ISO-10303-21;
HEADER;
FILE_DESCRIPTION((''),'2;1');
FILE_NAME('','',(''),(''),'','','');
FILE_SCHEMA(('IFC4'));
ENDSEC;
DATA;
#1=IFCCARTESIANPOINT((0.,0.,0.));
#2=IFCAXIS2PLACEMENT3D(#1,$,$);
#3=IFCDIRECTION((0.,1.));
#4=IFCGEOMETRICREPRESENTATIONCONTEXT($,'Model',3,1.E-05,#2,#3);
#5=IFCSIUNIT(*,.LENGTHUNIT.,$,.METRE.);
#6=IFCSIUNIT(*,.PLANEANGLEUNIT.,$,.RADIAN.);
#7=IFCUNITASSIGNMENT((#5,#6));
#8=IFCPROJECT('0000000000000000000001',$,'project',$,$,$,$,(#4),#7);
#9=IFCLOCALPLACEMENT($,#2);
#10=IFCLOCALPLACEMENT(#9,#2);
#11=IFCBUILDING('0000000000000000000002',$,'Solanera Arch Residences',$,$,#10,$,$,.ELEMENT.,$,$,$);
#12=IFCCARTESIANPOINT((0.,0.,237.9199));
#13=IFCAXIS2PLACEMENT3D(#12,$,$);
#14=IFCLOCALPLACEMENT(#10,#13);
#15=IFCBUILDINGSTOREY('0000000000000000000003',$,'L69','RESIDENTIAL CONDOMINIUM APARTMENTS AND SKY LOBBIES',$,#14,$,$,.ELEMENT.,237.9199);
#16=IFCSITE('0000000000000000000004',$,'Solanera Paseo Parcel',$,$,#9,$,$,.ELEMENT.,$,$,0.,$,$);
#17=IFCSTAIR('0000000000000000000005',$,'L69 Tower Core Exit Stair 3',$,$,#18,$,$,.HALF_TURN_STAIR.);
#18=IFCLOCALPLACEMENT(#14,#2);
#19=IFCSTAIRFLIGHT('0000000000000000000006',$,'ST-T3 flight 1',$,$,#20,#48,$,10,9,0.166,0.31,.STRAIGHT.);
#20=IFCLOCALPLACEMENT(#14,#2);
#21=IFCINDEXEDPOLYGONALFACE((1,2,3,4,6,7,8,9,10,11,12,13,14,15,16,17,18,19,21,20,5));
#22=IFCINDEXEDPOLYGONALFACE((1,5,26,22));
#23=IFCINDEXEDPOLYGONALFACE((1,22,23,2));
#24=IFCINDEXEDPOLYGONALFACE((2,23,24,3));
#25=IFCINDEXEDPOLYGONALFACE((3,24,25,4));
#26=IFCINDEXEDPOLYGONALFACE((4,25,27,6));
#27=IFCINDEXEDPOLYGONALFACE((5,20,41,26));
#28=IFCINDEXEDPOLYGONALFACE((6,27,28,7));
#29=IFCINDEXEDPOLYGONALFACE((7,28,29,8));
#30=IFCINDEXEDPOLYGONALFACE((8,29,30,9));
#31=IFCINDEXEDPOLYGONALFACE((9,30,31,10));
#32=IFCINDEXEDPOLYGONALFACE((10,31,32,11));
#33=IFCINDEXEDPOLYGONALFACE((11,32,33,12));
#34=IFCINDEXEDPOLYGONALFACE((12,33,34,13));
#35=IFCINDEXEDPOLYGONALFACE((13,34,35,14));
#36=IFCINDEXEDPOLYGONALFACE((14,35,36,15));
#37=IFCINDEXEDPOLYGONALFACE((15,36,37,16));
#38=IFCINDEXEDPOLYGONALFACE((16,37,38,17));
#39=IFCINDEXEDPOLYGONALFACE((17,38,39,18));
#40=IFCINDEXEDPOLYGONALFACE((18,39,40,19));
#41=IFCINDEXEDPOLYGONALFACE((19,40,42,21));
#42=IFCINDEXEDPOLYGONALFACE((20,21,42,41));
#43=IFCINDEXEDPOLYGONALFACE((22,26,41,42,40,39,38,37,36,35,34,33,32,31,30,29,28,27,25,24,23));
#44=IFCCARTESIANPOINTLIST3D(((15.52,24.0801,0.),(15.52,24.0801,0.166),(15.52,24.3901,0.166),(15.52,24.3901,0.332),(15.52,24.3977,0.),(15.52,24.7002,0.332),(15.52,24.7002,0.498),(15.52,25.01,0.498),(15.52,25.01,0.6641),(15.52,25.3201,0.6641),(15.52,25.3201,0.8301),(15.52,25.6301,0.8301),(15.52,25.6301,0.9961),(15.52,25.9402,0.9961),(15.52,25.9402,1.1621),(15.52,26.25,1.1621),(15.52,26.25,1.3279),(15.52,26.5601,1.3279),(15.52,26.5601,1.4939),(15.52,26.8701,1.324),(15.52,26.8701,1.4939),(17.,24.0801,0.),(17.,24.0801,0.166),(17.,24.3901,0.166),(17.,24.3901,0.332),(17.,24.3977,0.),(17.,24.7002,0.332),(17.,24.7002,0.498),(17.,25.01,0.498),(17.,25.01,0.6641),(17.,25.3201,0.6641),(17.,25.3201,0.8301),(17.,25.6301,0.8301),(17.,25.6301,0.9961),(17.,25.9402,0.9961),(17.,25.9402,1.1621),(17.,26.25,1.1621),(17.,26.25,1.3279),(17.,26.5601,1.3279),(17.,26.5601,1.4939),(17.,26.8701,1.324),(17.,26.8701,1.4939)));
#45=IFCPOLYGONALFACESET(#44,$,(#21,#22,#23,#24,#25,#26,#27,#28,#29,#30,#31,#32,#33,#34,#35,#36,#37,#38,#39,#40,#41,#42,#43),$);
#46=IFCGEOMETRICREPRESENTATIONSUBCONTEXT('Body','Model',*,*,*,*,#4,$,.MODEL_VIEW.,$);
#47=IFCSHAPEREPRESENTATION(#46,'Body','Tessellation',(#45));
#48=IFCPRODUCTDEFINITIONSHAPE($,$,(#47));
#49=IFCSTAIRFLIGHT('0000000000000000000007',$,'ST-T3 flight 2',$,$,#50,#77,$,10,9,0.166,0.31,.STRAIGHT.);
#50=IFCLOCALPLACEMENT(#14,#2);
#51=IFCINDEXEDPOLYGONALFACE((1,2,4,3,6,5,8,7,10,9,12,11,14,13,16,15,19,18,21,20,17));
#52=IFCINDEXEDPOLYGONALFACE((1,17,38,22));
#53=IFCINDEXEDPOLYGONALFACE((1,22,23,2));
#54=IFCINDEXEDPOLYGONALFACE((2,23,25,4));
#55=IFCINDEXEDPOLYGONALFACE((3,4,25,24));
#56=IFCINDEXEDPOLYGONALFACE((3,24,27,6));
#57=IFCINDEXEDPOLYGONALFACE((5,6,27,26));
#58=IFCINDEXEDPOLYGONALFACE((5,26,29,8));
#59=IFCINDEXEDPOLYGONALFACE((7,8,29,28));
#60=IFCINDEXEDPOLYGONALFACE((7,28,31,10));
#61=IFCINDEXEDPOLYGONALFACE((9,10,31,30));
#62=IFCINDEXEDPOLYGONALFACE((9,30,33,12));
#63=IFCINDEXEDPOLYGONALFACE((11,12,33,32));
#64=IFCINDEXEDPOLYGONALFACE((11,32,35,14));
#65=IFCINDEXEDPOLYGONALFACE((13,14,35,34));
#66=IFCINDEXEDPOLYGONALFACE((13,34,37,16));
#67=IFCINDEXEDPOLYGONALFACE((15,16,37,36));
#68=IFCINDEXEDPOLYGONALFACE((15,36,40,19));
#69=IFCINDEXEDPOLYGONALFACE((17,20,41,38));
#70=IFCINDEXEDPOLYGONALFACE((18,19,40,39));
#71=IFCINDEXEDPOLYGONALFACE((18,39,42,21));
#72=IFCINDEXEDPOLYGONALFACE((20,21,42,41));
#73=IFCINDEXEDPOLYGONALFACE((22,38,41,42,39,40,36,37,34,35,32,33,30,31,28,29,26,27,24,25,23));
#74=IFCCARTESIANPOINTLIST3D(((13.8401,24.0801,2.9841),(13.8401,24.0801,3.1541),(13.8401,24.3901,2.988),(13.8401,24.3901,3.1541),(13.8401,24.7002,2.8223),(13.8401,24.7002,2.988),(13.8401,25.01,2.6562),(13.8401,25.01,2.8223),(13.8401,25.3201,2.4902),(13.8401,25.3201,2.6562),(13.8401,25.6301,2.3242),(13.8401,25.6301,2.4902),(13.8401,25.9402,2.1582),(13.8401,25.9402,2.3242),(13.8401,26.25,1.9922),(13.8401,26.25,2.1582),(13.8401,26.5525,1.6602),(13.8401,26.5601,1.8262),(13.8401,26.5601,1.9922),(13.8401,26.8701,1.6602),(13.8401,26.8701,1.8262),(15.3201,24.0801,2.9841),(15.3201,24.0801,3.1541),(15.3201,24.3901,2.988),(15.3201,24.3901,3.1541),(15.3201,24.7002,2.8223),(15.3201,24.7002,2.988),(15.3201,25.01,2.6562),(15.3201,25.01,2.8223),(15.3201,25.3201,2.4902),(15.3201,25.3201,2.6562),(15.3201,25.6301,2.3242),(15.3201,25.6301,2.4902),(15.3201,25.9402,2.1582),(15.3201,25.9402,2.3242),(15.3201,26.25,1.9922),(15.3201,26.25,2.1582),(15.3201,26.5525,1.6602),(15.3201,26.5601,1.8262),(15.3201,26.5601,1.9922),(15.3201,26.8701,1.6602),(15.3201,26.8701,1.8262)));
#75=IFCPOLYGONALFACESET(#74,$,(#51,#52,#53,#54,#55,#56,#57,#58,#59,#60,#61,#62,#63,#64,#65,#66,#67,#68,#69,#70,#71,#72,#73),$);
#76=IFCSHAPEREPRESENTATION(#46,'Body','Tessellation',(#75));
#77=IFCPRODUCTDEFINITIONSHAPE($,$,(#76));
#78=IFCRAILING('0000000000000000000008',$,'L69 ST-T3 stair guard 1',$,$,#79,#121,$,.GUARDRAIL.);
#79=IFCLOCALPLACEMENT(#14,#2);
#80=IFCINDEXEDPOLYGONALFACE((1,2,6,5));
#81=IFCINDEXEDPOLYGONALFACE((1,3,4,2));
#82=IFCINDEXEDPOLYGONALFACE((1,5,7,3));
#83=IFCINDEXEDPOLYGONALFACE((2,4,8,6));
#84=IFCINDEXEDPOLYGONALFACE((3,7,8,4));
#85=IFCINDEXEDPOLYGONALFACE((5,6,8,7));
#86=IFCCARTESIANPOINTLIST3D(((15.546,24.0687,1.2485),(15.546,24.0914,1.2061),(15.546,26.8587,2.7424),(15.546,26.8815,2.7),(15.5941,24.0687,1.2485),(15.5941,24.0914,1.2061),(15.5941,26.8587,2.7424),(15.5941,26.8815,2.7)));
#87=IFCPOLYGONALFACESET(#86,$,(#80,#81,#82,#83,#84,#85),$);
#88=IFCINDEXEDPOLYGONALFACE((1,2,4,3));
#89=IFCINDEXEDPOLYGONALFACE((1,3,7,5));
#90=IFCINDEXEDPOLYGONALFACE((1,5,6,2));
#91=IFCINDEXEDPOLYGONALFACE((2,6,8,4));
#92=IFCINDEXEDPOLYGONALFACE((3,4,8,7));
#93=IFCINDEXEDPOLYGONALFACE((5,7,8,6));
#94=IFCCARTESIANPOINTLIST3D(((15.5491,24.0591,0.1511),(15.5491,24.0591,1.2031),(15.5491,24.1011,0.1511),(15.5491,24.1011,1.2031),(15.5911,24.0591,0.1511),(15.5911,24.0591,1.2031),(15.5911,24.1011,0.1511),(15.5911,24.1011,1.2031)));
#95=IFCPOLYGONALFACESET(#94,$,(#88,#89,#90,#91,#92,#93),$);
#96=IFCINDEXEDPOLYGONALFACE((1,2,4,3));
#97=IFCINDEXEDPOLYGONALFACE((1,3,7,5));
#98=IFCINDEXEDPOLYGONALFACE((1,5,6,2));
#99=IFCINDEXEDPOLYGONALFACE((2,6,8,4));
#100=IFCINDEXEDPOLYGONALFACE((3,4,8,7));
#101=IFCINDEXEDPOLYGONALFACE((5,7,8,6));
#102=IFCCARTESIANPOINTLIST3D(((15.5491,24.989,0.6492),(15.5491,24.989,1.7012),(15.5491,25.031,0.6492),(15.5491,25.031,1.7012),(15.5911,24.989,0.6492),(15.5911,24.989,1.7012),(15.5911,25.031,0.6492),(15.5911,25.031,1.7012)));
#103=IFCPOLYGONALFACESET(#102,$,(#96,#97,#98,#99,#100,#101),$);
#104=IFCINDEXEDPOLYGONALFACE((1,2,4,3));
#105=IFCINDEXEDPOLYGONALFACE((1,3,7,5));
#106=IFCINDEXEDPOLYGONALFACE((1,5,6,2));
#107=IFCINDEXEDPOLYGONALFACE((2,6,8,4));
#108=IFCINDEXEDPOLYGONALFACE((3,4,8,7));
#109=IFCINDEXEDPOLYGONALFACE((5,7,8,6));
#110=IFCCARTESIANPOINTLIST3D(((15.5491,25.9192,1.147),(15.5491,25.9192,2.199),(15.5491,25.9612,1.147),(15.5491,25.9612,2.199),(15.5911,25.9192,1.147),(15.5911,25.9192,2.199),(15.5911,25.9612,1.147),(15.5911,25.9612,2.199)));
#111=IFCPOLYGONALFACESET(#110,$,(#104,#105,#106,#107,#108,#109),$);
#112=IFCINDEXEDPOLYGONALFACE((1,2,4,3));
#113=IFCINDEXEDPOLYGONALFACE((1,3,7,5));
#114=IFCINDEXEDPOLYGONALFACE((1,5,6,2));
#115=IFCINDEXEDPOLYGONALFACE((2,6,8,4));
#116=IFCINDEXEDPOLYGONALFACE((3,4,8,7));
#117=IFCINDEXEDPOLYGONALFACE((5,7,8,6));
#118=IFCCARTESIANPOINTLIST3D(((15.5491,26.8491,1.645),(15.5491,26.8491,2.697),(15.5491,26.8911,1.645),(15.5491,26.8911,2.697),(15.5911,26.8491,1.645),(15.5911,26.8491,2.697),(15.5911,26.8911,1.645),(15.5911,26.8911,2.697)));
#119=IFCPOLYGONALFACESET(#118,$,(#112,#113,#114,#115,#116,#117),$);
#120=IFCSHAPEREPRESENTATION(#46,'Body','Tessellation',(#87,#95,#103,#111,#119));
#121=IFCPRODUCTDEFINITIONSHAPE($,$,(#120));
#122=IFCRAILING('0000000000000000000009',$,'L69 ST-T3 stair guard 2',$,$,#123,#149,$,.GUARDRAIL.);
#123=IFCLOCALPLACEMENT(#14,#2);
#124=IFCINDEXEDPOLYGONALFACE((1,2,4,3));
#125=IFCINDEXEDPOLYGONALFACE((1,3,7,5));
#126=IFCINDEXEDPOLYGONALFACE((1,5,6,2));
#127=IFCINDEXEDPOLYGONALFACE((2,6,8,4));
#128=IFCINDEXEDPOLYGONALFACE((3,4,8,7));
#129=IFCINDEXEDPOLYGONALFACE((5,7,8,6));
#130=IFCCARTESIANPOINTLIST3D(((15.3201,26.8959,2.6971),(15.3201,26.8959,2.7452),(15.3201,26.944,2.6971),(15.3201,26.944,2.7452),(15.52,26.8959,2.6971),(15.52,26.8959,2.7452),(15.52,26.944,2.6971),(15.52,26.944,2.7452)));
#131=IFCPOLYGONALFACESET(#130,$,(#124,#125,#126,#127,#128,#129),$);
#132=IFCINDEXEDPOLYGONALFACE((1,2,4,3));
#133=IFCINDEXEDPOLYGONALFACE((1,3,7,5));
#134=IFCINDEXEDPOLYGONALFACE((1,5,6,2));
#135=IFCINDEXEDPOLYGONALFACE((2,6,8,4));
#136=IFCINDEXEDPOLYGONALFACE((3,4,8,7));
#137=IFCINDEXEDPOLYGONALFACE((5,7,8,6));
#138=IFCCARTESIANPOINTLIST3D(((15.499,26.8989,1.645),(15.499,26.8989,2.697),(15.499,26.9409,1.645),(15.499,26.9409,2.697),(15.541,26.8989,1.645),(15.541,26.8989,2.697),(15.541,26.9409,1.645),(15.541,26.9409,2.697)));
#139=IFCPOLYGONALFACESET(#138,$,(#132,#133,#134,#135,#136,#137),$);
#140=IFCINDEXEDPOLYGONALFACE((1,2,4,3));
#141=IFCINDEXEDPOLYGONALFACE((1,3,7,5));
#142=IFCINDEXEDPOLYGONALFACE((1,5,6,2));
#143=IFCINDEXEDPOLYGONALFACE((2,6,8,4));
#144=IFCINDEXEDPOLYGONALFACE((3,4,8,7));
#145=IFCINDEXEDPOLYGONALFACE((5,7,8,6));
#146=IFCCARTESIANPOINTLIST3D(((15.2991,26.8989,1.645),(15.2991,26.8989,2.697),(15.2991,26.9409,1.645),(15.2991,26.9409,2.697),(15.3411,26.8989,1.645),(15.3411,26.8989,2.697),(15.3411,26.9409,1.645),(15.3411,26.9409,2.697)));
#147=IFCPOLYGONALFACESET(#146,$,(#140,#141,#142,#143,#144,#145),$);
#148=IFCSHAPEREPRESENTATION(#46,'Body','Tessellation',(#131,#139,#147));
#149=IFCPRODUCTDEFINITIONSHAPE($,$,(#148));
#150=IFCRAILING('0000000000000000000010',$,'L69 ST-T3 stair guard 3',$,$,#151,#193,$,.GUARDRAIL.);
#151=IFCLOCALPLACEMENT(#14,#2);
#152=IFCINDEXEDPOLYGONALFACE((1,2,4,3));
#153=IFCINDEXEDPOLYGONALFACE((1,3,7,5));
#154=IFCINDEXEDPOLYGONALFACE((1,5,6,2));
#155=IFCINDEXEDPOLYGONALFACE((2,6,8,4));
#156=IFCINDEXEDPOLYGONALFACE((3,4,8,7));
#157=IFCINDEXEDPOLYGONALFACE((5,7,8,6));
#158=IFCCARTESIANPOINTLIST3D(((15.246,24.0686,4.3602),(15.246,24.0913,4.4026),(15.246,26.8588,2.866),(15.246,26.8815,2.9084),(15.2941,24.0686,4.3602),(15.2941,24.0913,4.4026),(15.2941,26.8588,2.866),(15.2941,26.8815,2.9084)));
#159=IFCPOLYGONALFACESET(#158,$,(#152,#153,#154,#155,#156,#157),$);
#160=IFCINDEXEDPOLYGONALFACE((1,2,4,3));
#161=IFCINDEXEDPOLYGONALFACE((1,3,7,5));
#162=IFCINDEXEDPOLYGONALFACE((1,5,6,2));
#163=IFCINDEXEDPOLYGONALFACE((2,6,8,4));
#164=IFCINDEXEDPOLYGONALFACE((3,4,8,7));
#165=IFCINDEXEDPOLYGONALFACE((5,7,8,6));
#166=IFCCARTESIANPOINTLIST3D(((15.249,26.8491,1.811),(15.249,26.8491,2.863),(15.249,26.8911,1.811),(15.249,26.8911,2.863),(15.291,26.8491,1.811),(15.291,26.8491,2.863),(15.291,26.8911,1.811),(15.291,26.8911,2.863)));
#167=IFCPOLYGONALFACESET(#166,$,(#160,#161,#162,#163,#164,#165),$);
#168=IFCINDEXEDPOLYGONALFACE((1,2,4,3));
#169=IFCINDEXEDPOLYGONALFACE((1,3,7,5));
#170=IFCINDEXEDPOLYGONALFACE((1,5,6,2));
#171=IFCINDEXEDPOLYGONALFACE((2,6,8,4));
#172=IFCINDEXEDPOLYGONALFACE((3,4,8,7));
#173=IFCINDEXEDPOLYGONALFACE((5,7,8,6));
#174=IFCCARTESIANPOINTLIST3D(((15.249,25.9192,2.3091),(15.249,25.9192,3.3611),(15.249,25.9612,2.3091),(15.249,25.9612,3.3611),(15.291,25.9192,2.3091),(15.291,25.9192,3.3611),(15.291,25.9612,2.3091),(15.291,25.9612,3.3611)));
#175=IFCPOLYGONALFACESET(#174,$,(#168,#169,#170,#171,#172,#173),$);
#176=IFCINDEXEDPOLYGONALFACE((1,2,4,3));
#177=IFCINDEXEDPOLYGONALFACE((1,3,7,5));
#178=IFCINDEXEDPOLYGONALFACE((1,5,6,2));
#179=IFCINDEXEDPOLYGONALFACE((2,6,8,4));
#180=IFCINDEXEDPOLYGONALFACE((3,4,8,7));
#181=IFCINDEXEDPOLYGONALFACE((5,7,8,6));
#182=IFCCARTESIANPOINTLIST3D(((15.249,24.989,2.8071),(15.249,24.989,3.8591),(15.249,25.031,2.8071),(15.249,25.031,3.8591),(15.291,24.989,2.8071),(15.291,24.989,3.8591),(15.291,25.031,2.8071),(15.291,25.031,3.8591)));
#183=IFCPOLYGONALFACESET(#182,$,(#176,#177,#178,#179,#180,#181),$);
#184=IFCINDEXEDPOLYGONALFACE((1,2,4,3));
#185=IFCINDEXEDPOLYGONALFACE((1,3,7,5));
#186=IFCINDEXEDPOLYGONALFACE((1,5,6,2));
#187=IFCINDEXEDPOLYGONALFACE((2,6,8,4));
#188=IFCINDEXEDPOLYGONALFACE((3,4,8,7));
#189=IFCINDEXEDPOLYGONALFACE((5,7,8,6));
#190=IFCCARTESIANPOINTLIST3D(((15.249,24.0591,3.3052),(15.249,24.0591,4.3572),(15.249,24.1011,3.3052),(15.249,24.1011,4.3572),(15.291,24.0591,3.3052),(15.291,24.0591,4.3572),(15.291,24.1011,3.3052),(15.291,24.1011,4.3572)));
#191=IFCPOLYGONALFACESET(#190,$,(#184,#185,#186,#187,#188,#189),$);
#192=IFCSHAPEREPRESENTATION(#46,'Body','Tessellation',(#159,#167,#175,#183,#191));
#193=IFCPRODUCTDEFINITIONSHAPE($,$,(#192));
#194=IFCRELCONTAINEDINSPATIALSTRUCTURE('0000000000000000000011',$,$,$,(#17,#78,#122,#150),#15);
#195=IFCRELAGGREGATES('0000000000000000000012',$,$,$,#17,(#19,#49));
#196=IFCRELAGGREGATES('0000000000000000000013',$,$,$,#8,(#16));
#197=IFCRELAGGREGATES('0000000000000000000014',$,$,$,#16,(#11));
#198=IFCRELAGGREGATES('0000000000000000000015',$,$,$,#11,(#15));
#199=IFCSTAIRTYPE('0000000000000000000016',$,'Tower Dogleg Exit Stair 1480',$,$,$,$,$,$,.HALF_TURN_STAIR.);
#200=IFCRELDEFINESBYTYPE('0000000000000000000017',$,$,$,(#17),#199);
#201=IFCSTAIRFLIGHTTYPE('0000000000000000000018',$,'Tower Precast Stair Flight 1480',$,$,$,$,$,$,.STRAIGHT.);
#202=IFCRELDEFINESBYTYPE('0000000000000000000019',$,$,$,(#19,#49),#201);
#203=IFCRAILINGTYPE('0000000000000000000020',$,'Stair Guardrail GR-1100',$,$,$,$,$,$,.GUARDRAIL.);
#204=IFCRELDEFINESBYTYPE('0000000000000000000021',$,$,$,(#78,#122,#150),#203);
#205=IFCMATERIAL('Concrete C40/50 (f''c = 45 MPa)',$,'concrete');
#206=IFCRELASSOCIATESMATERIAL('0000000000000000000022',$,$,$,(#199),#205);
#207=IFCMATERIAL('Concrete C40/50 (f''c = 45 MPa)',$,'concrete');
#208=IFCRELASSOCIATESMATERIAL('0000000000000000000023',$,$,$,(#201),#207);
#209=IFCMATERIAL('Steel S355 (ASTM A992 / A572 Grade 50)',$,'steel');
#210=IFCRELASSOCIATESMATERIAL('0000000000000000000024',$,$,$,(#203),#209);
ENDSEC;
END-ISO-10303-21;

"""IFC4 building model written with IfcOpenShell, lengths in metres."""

from ifc_helpers import new_model, si_unit, direction, frame, origin, origin_2d, place, context, subcontext, project, spatial, polyline, rectangle, outline, extrude, material, type_object, element, aggregate, save


model = new_model("IFC4")

# Units and contexts
model_context = context("Model", 3, precision=1e-05, world=origin(), true_north=direction((0.0, 1.0)))
body_context = subcontext(model_context, "Body", "Model", "MODEL_VIEW")
ifc_project = project(units=[si_unit("LENGTHUNIT", "METRE"), si_unit("PLANEANGLEUNIT", "RADIAN")], contexts=[model_context])

# Site, building, storey
site_placement = place(None, origin())
site = spatial("IfcSite", under=ifc_project, at=site_placement, Name="Solanera Paseo Parcel", CompositionType="ELEMENT", RefElevation=0.0)
building_placement = place(site_placement, origin())
building = spatial("IfcBuilding", under=site, at=building_placement, Name="Solanera Arch Residences", CompositionType="ELEMENT")
storey_placement = place(building_placement, frame((0.0, 0.0, 237.9199)))
storey = spatial("IfcBuildingStorey", under=building, at=storey_placement, Name="L69", Description="RESIDENTIAL CONDOMINIUM APARTMENTS AND SKY LOBBIES", CompositionType="ELEMENT", Elevation=237.9199)

# Stair, stair flights
ifc_material_1 = material(Name="Concrete C40/50 (f'c = 45 MPa)", Category="concrete")
stair_type = type_object("IfcStairType", Name="Tower Dogleg Exit Stair 1480", PredefinedType="HALF_TURN_STAIR", material=ifc_material_1)
stair_placement = place(storey_placement, origin())
stair = element("IfcStair", 1, at=stair_placement, inside=storey, type_object=stair_type, Name="L69 Tower Core Exit Stair 3", PredefinedType="HALF_TURN_STAIR")
ifc_material_2 = material(Name="Concrete C40/50 (f'c = 45 MPa)", Category="concrete")
stair_flight_type = type_object("IfcStairFlightType", Name="Tower Precast Stair Flight 1480", PredefinedType="STRAIGHT", material=ifc_material_2)
stair_flight_1_placement = place(storey_placement, frame((16.26, 24.0801, 0.0), z_axis=(0.0, 0.0, 1.0), x_axis=(0.0, 1.0, 0.0)))
stair_flight_1 = element("IfcStairFlight", 2, at=stair_flight_1_placement, type_object=stair_flight_type, Name="ST-T3 flight 1", NumberOfRisers=10, NumberOfTreads=9, PredefinedType="STRAIGHT", RiserHeight=0.166, TreadLength=0.31, context=body_context, shape_type="SweptSolid", body=[
    extrude(outline(polyline([(0.0, 0.0), (0.0, 0.166), (0.3101, 0.166), (0.3101, 0.332), (0.6201, 0.332), (0.6201, 0.498), (0.9299, 0.498), (0.9299, 0.6641), (1.24, 0.6641), (1.24, 0.8301), (1.55, 0.8301), (1.55, 0.9961), (1.8601, 0.9961), (1.8601, 1.1621), (2.1699, 1.1621), (2.1699, 1.3279), (2.48, 1.3279), (2.48, 1.4939), (2.79, 1.4939), (2.79, 1.6599), (2.79, 1.324), (0.3176, 0.0), (0.0, 0.0)])), frame((0.0, 0.74, 0.0), z_axis=(0.0, -1.0, 0.0), x_axis=(1.0, 0.0, 0.0)), (0.0, 0.0, 1.0), 1.48),
])
stair_flight_2_placement = place(storey_placement, frame((14.5801, 26.8701, 1.6602), z_axis=(0.0, 0.0, 1.0), x_axis=(0.0, -1.0, 0.0)))
stair_flight_2 = element("IfcStairFlight", 3, at=stair_flight_2_placement, type_object=stair_flight_type, Name="ST-T3 flight 2", NumberOfRisers=10, NumberOfTreads=9, PredefinedType="STRAIGHT", RiserHeight=0.166, TreadLength=0.31, context=body_context, shape_type="SweptSolid", body=[
    extrude(outline(polyline([(0.0, 0.0), (0.0, 0.166), (0.3101, 0.166), (0.3101, 0.332), (0.6201, 0.332), (0.6201, 0.498), (0.9299, 0.498), (0.9299, 0.6641), (1.24, 0.6641), (1.24, 0.8301), (1.55, 0.8301), (1.55, 0.9961), (1.8601, 0.9961), (1.8601, 1.1621), (2.1699, 1.1621), (2.1699, 1.3279), (2.48, 1.3279), (2.48, 1.4939), (2.79, 1.4939), (2.79, 1.6599), (2.79, 1.324), (0.3176, 0.0), (0.0, 0.0)])), frame((0.0, 0.74, 0.0), z_axis=(0.0, -1.0, 0.0), x_axis=(1.0, 0.0, 0.0)), (0.0, 0.0, 1.0), 1.48),
])
aggregate(stair, [stair_flight_1, stair_flight_2])

# Railings
ifc_material_3 = material(Name="Steel S355 (ASTM A992 / A572 Grade 50)", Category="steel")
railing_type_1 = type_object("IfcRailingType", Name="Stair Guardrail GR-1100", PredefinedType="GUARDRAIL", material=ifc_material_3)
railing_1_placement = place(storey_placement, frame((15.5701, 24.0801, 0.1511)))
element("IfcRailing", 4, at=railing_1_placement, inside=storey, type_object=railing_type_1, Name="L69 ST-T3 stair guard 1", PredefinedType="GUARDRAIL", context=body_context, shape_type="SweptSolid", body=[
    extrude(rectangle(XDim=0.0481, YDim=0.0481, at=origin_2d()), frame((0.0, 0.0, 1.0762), z_axis=(0.0, 0.881581, 0.472033), x_axis=(-1.0, 0.0, 0.0)), (0.0, 0.0, 1.0), 3.1648),
    extrude(rectangle(XDim=0.042, YDim=0.042, at=origin_2d()), origin(), (0.0, 0.0, 1.0), 1.052),
    extrude(rectangle(XDim=0.042, YDim=0.042, at=origin_2d()), frame((0.0, 0.9299, 0.498)), (0.0, 0.0, 1.0), 1.052),
    extrude(rectangle(XDim=0.042, YDim=0.042, at=origin_2d()), frame((0.0, 1.8601, 0.9958)), (0.0, 0.0, 1.0), 1.052),
    extrude(rectangle(XDim=0.042, YDim=0.042, at=origin_2d()), frame((0.0, 2.79, 1.4939)), (0.0, 0.0, 1.0), 1.052),
])
railing_2_placement = place(storey_placement, frame((15.52, 26.9199, 1.645)))
element("IfcRailing", 5, at=railing_2_placement, inside=storey, type_object=railing_type_1, Name="L69 ST-T3 stair guard 2", PredefinedType="GUARDRAIL", context=body_context, shape_type="SweptSolid", body=[
    extrude(rectangle(XDim=0.0481, YDim=0.0481, at=origin_2d()), frame((0.0, 0.0, 1.0762), z_axis=(-1.0, 0.0, 0.0), x_axis=(0.0, -1.0, 0.0)), (0.0, 0.0, 1.0), 0.2),
    extrude(rectangle(XDim=0.042, YDim=0.042, at=origin_2d()), origin(), (0.0, 0.0, 1.0), 1.052),
    extrude(rectangle(XDim=0.042, YDim=0.042, at=origin_2d()), frame((-0.2, 0.0, 0.0)), (0.0, 0.0, 1.0), 1.052),
])
railing_3_placement = place(storey_placement, frame((15.27, 26.8701, 1.811)))
element("IfcRailing", 6, at=railing_3_placement, inside=storey, type_object=railing_type_1, Name="L69 ST-T3 stair guard 3", PredefinedType="GUARDRAIL", context=body_context, shape_type="SweptSolid", body=[
    extrude(rectangle(XDim=0.0481, YDim=0.0481, at=origin_2d()), frame((0.0, 0.0, 1.0762), z_axis=(0.0, -0.881549, 0.472093), x_axis=(1.0, 0.0, 0.0)), (0.0, 0.0, 1.0), 3.165),
    extrude(rectangle(XDim=0.042, YDim=0.042, at=origin_2d()), origin(), (0.0, 0.0, 1.0), 1.052),
    extrude(rectangle(XDim=0.042, YDim=0.042, at=origin_2d()), frame((0.0, -0.9299, 0.498)), (0.0, 0.0, 1.0), 1.052),
    extrude(rectangle(XDim=0.042, YDim=0.042, at=origin_2d()), frame((0.0, -1.8601, 0.9961)), (0.0, 0.0, 1.0), 1.052),
    extrude(rectangle(XDim=0.042, YDim=0.042, at=origin_2d()), frame((0.0, -2.79, 1.4941)), (0.0, 0.0, 1.0), 1.052),
])

save(model, "model.ifc")
